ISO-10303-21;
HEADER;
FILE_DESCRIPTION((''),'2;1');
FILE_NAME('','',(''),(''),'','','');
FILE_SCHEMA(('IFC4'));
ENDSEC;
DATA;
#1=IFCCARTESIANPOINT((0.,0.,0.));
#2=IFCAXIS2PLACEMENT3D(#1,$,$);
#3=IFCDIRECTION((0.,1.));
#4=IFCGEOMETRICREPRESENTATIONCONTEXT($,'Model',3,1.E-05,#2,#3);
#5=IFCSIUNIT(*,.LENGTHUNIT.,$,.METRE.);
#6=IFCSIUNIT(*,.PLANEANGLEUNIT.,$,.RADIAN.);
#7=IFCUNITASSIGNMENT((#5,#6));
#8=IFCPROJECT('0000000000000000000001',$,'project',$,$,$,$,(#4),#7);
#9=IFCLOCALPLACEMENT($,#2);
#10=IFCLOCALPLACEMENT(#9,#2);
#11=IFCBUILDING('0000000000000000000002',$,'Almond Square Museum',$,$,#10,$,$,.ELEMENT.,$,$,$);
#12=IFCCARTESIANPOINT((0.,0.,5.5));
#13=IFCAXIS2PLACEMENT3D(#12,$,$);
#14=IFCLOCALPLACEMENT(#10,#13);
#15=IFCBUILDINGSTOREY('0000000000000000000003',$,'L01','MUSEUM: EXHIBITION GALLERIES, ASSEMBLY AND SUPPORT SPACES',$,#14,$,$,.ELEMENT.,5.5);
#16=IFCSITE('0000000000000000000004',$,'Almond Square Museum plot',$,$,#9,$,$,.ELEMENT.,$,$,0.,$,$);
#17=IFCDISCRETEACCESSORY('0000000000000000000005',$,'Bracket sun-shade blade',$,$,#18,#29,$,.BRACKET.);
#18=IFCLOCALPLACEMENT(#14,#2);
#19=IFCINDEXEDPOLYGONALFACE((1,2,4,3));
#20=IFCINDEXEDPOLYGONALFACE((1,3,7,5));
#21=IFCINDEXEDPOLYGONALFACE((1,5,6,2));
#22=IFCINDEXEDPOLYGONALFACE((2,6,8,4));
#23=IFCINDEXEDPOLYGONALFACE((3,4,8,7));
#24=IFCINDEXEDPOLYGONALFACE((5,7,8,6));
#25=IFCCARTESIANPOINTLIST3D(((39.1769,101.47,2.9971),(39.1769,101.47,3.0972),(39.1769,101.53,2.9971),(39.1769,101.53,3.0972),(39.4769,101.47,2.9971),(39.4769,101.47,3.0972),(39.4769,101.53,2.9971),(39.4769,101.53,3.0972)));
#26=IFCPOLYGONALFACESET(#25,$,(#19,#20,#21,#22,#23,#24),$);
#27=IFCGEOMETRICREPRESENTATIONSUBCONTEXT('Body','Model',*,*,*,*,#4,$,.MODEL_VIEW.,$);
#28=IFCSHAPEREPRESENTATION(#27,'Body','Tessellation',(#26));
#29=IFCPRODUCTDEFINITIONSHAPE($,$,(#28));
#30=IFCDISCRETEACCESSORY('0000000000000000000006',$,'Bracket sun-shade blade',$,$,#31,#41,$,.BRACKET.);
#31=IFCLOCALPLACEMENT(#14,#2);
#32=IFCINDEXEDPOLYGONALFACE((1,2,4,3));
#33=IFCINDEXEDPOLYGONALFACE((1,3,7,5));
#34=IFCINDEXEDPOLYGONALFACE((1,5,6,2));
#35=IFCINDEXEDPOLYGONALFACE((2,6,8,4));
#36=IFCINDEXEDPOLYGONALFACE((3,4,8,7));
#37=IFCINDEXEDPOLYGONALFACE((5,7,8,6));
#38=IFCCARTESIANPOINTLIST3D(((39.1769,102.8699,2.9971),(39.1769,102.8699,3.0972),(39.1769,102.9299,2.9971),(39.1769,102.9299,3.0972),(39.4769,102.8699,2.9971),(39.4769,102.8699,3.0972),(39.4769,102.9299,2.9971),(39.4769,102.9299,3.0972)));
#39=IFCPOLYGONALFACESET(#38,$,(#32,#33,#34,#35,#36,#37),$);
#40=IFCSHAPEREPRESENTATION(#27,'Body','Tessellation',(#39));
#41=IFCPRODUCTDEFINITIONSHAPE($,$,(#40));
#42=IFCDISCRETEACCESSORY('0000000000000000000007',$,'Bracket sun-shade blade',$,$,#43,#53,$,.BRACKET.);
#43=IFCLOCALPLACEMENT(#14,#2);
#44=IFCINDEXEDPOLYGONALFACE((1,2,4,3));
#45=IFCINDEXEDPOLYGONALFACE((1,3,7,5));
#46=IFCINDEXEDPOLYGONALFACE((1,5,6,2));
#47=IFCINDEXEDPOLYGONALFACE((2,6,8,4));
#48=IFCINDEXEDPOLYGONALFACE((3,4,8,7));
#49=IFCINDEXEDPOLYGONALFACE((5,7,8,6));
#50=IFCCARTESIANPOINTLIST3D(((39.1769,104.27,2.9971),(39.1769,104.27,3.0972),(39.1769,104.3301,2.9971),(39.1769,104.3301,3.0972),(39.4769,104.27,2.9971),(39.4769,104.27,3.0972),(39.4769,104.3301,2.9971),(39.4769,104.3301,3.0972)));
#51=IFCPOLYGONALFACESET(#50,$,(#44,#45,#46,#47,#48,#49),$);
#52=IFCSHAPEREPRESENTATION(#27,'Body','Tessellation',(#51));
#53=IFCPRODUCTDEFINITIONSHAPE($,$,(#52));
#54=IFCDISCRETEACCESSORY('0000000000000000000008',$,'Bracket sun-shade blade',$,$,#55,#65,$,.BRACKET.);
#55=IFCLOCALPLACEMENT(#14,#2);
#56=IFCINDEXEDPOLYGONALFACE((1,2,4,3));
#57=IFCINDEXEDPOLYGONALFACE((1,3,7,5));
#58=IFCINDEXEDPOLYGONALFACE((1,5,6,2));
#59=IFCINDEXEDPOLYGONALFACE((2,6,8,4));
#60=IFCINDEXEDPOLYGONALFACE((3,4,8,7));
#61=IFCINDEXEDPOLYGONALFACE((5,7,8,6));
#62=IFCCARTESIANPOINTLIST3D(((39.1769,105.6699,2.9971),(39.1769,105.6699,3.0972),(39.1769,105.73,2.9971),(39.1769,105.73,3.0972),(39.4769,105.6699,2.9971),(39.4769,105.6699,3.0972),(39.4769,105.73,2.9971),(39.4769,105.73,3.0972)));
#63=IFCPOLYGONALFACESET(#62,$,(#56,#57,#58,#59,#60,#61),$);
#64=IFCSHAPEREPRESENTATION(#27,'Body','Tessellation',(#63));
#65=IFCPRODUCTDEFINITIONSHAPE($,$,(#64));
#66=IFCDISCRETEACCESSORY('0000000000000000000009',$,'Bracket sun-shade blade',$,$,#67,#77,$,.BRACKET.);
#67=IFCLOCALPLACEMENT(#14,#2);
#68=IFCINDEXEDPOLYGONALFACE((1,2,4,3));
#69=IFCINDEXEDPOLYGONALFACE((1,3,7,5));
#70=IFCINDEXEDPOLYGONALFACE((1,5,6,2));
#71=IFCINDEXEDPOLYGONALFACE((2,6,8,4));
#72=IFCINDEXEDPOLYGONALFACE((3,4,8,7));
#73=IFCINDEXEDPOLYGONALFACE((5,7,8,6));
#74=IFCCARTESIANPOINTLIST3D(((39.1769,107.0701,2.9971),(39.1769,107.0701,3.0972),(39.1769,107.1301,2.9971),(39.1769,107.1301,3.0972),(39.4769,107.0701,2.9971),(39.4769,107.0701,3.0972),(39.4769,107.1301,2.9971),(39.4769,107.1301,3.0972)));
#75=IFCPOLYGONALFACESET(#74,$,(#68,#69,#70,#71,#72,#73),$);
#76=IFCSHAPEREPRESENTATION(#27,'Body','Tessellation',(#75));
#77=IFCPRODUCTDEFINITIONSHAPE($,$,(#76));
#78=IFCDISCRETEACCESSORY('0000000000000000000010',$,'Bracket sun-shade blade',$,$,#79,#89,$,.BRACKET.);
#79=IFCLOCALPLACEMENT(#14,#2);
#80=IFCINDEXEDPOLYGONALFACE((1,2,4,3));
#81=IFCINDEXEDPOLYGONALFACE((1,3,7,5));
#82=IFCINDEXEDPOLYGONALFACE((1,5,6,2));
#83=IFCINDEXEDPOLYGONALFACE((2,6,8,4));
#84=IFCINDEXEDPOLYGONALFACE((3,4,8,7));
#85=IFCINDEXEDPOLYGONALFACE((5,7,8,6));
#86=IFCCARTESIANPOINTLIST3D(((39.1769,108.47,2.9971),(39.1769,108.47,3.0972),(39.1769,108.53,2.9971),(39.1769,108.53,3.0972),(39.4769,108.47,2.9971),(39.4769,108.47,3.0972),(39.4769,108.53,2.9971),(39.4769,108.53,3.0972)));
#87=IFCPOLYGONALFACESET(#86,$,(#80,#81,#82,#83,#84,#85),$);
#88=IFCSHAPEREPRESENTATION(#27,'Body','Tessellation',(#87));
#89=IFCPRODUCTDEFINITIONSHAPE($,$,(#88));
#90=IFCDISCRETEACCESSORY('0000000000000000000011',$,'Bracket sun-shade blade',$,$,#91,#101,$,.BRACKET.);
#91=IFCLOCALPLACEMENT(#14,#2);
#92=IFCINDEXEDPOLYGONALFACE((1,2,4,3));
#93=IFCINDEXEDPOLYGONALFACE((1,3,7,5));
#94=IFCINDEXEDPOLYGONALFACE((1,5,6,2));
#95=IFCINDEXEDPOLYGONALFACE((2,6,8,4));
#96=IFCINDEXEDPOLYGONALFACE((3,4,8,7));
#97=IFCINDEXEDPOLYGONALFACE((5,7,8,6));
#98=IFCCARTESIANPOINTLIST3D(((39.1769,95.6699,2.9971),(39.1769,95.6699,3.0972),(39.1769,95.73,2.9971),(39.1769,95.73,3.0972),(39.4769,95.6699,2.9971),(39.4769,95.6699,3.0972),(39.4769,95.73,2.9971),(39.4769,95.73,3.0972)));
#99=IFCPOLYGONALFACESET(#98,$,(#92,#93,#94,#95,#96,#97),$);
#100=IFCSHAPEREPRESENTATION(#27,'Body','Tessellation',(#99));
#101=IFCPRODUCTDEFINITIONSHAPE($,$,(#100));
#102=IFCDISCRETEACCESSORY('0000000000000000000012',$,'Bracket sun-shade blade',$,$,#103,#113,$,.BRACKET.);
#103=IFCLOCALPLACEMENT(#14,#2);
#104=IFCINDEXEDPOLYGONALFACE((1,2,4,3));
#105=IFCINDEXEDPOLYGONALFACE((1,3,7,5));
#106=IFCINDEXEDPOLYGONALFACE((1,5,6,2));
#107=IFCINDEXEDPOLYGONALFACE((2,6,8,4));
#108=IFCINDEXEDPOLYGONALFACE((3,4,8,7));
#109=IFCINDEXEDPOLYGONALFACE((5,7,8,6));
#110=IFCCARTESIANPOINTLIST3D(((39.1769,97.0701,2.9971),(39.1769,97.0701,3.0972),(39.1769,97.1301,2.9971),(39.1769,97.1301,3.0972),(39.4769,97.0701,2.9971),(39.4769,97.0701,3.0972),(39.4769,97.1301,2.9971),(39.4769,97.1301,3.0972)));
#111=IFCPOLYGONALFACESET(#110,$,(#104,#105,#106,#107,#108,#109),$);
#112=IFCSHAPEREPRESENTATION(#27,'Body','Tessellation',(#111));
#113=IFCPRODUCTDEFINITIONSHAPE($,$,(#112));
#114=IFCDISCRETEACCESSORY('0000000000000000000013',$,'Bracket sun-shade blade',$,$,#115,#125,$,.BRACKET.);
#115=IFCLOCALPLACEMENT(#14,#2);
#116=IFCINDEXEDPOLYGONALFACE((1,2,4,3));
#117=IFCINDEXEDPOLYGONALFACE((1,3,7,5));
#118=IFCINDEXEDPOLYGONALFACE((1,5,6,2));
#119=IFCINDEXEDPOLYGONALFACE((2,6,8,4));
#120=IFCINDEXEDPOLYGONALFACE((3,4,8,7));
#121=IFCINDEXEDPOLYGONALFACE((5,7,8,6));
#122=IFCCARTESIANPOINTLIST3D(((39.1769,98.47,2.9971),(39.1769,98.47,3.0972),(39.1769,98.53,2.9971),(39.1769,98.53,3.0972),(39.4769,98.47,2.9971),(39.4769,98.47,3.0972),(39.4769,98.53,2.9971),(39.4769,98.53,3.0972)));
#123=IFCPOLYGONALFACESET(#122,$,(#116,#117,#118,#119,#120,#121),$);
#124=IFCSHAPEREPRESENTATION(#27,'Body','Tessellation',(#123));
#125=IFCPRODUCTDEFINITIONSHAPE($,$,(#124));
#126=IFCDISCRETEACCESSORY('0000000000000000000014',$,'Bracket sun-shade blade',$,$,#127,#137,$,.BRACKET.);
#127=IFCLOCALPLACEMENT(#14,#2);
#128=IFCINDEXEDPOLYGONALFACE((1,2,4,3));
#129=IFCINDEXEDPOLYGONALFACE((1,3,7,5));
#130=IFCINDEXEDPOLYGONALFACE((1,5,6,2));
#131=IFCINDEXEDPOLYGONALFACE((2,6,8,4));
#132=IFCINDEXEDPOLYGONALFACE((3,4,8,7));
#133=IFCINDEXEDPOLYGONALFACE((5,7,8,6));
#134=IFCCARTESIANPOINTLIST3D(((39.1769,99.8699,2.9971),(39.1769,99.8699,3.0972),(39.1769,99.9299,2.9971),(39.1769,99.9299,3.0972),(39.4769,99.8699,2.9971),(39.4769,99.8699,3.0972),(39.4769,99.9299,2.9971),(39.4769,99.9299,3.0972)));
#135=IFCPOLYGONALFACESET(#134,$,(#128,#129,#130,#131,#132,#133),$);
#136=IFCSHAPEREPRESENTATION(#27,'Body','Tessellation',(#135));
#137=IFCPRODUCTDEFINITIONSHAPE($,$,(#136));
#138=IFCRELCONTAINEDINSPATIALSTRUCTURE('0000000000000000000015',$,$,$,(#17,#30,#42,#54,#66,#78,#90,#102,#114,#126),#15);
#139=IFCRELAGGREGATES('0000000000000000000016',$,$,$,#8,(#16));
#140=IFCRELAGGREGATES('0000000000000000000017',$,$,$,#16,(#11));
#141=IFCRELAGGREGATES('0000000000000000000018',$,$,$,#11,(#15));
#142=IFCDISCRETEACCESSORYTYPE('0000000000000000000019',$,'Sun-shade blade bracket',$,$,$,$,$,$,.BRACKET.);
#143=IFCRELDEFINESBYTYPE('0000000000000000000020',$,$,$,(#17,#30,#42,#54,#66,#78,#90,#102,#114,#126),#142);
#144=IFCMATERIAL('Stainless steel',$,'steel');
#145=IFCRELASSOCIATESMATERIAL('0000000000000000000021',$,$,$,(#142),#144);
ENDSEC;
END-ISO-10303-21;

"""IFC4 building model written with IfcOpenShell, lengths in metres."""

from ifc_helpers import new_model, si_unit, direction, frame, origin, origin_2d, place, context, subcontext, project, spatial, rectangle, extrude, material, type_object, element, save


model = new_model("IFC4")

# Units and contexts
model_context = context("Model", 3, precision=1e-05, world=origin(), true_north=direction((0.0, 1.0)))
body_context = subcontext(model_context, "Body", "Model", "MODEL_VIEW")
ifc_project = project(units=[si_unit("LENGTHUNIT", "METRE"), si_unit("PLANEANGLEUNIT", "RADIAN")], contexts=[model_context])

# Site, building, storey
site_placement = place(None, origin())
site = spatial("IfcSite", under=ifc_project, at=site_placement, Name="Almond Square Museum plot", CompositionType="ELEMENT", RefElevation=0.0)
building_placement = place(site_placement, origin())
building = spatial("IfcBuilding", under=site, at=building_placement, Name="Almond Square Museum", CompositionType="ELEMENT")
storey_placement = place(building_placement, frame((0.0, 0.0, 5.5)))
storey = spatial("IfcBuildingStorey", under=building, at=storey_placement, Name="L01", Description="MUSEUM: EXHIBITION GALLERIES, ASSEMBLY AND SUPPORT SPACES", CompositionType="ELEMENT", Elevation=5.5)

# Discrete accessories
ifc_material_1 = material(Name="Stainless steel", Category="steel")
discrete_accessory_type = type_object("IfcDiscreteAccessoryType", Name="Sun-shade blade bracket", PredefinedType="BRACKET", material=ifc_material_1)
for number, where, z_axis, x_axis, name in (
    (1, (39.3269, 101.5, 2.9971), (0.0, 0.0, 1.0), (1.0, 0.0, 0.0), "Bracket sun-shade blade"),
    (2, (39.3269, 102.8999, 2.9971), (0.0, 0.0, 1.0), (1.0, 0.0, 0.0), "Bracket sun-shade blade"),
    (3, (39.3269, 104.3, 2.9971), (0.0, 0.0, 1.0), (1.0, 0.0, 0.0), "Bracket sun-shade blade"),
    (4, (39.3269, 105.7, 2.9971), (0.0, 0.0, 1.0), (1.0, 0.0, 0.0), "Bracket sun-shade blade"),
    (5, (39.3269, 107.1001, 2.9971), (0.0, 0.0, 1.0), (1.0, 0.0, 0.0), "Bracket sun-shade blade"),
    (6, (39.3269, 108.5, 2.9971), (0.0, 0.0, 1.0), (1.0, 0.0, 0.0), "Bracket sun-shade blade"),
    (7, (39.3269, 95.7, 2.9971), (0.0, 0.0, 1.0), (1.0, 0.0, 0.0), "Bracket sun-shade blade"),
    (8, (39.3269, 97.1001, 2.9971), (0.0, 0.0, 1.0), (1.0, 0.0, 0.0), "Bracket sun-shade blade"),
    (9, (39.3269, 98.5, 2.9971), (0.0, 0.0, 1.0), (1.0, 0.0, 0.0), "Bracket sun-shade blade"),
    (10, (39.3269, 99.8999, 2.9971), (0.0, 0.0, 1.0), (1.0, 0.0, 0.0), "Bracket sun-shade blade"),
):
    element("IfcDiscreteAccessory", number, at=place(storey_placement, frame(where, z_axis=z_axis, x_axis=x_axis)), inside=storey, type_object=discrete_accessory_type, Name=name, PredefinedType="BRACKET", context=body_context, shape_type="SweptSolid", body=[
        extrude(rectangle(XDim=0.3, YDim=0.0601, at=origin_2d()), origin(), (0.0, 0.0, 1.0), 0.1001),
    ])

save(model, "model.ifc")
